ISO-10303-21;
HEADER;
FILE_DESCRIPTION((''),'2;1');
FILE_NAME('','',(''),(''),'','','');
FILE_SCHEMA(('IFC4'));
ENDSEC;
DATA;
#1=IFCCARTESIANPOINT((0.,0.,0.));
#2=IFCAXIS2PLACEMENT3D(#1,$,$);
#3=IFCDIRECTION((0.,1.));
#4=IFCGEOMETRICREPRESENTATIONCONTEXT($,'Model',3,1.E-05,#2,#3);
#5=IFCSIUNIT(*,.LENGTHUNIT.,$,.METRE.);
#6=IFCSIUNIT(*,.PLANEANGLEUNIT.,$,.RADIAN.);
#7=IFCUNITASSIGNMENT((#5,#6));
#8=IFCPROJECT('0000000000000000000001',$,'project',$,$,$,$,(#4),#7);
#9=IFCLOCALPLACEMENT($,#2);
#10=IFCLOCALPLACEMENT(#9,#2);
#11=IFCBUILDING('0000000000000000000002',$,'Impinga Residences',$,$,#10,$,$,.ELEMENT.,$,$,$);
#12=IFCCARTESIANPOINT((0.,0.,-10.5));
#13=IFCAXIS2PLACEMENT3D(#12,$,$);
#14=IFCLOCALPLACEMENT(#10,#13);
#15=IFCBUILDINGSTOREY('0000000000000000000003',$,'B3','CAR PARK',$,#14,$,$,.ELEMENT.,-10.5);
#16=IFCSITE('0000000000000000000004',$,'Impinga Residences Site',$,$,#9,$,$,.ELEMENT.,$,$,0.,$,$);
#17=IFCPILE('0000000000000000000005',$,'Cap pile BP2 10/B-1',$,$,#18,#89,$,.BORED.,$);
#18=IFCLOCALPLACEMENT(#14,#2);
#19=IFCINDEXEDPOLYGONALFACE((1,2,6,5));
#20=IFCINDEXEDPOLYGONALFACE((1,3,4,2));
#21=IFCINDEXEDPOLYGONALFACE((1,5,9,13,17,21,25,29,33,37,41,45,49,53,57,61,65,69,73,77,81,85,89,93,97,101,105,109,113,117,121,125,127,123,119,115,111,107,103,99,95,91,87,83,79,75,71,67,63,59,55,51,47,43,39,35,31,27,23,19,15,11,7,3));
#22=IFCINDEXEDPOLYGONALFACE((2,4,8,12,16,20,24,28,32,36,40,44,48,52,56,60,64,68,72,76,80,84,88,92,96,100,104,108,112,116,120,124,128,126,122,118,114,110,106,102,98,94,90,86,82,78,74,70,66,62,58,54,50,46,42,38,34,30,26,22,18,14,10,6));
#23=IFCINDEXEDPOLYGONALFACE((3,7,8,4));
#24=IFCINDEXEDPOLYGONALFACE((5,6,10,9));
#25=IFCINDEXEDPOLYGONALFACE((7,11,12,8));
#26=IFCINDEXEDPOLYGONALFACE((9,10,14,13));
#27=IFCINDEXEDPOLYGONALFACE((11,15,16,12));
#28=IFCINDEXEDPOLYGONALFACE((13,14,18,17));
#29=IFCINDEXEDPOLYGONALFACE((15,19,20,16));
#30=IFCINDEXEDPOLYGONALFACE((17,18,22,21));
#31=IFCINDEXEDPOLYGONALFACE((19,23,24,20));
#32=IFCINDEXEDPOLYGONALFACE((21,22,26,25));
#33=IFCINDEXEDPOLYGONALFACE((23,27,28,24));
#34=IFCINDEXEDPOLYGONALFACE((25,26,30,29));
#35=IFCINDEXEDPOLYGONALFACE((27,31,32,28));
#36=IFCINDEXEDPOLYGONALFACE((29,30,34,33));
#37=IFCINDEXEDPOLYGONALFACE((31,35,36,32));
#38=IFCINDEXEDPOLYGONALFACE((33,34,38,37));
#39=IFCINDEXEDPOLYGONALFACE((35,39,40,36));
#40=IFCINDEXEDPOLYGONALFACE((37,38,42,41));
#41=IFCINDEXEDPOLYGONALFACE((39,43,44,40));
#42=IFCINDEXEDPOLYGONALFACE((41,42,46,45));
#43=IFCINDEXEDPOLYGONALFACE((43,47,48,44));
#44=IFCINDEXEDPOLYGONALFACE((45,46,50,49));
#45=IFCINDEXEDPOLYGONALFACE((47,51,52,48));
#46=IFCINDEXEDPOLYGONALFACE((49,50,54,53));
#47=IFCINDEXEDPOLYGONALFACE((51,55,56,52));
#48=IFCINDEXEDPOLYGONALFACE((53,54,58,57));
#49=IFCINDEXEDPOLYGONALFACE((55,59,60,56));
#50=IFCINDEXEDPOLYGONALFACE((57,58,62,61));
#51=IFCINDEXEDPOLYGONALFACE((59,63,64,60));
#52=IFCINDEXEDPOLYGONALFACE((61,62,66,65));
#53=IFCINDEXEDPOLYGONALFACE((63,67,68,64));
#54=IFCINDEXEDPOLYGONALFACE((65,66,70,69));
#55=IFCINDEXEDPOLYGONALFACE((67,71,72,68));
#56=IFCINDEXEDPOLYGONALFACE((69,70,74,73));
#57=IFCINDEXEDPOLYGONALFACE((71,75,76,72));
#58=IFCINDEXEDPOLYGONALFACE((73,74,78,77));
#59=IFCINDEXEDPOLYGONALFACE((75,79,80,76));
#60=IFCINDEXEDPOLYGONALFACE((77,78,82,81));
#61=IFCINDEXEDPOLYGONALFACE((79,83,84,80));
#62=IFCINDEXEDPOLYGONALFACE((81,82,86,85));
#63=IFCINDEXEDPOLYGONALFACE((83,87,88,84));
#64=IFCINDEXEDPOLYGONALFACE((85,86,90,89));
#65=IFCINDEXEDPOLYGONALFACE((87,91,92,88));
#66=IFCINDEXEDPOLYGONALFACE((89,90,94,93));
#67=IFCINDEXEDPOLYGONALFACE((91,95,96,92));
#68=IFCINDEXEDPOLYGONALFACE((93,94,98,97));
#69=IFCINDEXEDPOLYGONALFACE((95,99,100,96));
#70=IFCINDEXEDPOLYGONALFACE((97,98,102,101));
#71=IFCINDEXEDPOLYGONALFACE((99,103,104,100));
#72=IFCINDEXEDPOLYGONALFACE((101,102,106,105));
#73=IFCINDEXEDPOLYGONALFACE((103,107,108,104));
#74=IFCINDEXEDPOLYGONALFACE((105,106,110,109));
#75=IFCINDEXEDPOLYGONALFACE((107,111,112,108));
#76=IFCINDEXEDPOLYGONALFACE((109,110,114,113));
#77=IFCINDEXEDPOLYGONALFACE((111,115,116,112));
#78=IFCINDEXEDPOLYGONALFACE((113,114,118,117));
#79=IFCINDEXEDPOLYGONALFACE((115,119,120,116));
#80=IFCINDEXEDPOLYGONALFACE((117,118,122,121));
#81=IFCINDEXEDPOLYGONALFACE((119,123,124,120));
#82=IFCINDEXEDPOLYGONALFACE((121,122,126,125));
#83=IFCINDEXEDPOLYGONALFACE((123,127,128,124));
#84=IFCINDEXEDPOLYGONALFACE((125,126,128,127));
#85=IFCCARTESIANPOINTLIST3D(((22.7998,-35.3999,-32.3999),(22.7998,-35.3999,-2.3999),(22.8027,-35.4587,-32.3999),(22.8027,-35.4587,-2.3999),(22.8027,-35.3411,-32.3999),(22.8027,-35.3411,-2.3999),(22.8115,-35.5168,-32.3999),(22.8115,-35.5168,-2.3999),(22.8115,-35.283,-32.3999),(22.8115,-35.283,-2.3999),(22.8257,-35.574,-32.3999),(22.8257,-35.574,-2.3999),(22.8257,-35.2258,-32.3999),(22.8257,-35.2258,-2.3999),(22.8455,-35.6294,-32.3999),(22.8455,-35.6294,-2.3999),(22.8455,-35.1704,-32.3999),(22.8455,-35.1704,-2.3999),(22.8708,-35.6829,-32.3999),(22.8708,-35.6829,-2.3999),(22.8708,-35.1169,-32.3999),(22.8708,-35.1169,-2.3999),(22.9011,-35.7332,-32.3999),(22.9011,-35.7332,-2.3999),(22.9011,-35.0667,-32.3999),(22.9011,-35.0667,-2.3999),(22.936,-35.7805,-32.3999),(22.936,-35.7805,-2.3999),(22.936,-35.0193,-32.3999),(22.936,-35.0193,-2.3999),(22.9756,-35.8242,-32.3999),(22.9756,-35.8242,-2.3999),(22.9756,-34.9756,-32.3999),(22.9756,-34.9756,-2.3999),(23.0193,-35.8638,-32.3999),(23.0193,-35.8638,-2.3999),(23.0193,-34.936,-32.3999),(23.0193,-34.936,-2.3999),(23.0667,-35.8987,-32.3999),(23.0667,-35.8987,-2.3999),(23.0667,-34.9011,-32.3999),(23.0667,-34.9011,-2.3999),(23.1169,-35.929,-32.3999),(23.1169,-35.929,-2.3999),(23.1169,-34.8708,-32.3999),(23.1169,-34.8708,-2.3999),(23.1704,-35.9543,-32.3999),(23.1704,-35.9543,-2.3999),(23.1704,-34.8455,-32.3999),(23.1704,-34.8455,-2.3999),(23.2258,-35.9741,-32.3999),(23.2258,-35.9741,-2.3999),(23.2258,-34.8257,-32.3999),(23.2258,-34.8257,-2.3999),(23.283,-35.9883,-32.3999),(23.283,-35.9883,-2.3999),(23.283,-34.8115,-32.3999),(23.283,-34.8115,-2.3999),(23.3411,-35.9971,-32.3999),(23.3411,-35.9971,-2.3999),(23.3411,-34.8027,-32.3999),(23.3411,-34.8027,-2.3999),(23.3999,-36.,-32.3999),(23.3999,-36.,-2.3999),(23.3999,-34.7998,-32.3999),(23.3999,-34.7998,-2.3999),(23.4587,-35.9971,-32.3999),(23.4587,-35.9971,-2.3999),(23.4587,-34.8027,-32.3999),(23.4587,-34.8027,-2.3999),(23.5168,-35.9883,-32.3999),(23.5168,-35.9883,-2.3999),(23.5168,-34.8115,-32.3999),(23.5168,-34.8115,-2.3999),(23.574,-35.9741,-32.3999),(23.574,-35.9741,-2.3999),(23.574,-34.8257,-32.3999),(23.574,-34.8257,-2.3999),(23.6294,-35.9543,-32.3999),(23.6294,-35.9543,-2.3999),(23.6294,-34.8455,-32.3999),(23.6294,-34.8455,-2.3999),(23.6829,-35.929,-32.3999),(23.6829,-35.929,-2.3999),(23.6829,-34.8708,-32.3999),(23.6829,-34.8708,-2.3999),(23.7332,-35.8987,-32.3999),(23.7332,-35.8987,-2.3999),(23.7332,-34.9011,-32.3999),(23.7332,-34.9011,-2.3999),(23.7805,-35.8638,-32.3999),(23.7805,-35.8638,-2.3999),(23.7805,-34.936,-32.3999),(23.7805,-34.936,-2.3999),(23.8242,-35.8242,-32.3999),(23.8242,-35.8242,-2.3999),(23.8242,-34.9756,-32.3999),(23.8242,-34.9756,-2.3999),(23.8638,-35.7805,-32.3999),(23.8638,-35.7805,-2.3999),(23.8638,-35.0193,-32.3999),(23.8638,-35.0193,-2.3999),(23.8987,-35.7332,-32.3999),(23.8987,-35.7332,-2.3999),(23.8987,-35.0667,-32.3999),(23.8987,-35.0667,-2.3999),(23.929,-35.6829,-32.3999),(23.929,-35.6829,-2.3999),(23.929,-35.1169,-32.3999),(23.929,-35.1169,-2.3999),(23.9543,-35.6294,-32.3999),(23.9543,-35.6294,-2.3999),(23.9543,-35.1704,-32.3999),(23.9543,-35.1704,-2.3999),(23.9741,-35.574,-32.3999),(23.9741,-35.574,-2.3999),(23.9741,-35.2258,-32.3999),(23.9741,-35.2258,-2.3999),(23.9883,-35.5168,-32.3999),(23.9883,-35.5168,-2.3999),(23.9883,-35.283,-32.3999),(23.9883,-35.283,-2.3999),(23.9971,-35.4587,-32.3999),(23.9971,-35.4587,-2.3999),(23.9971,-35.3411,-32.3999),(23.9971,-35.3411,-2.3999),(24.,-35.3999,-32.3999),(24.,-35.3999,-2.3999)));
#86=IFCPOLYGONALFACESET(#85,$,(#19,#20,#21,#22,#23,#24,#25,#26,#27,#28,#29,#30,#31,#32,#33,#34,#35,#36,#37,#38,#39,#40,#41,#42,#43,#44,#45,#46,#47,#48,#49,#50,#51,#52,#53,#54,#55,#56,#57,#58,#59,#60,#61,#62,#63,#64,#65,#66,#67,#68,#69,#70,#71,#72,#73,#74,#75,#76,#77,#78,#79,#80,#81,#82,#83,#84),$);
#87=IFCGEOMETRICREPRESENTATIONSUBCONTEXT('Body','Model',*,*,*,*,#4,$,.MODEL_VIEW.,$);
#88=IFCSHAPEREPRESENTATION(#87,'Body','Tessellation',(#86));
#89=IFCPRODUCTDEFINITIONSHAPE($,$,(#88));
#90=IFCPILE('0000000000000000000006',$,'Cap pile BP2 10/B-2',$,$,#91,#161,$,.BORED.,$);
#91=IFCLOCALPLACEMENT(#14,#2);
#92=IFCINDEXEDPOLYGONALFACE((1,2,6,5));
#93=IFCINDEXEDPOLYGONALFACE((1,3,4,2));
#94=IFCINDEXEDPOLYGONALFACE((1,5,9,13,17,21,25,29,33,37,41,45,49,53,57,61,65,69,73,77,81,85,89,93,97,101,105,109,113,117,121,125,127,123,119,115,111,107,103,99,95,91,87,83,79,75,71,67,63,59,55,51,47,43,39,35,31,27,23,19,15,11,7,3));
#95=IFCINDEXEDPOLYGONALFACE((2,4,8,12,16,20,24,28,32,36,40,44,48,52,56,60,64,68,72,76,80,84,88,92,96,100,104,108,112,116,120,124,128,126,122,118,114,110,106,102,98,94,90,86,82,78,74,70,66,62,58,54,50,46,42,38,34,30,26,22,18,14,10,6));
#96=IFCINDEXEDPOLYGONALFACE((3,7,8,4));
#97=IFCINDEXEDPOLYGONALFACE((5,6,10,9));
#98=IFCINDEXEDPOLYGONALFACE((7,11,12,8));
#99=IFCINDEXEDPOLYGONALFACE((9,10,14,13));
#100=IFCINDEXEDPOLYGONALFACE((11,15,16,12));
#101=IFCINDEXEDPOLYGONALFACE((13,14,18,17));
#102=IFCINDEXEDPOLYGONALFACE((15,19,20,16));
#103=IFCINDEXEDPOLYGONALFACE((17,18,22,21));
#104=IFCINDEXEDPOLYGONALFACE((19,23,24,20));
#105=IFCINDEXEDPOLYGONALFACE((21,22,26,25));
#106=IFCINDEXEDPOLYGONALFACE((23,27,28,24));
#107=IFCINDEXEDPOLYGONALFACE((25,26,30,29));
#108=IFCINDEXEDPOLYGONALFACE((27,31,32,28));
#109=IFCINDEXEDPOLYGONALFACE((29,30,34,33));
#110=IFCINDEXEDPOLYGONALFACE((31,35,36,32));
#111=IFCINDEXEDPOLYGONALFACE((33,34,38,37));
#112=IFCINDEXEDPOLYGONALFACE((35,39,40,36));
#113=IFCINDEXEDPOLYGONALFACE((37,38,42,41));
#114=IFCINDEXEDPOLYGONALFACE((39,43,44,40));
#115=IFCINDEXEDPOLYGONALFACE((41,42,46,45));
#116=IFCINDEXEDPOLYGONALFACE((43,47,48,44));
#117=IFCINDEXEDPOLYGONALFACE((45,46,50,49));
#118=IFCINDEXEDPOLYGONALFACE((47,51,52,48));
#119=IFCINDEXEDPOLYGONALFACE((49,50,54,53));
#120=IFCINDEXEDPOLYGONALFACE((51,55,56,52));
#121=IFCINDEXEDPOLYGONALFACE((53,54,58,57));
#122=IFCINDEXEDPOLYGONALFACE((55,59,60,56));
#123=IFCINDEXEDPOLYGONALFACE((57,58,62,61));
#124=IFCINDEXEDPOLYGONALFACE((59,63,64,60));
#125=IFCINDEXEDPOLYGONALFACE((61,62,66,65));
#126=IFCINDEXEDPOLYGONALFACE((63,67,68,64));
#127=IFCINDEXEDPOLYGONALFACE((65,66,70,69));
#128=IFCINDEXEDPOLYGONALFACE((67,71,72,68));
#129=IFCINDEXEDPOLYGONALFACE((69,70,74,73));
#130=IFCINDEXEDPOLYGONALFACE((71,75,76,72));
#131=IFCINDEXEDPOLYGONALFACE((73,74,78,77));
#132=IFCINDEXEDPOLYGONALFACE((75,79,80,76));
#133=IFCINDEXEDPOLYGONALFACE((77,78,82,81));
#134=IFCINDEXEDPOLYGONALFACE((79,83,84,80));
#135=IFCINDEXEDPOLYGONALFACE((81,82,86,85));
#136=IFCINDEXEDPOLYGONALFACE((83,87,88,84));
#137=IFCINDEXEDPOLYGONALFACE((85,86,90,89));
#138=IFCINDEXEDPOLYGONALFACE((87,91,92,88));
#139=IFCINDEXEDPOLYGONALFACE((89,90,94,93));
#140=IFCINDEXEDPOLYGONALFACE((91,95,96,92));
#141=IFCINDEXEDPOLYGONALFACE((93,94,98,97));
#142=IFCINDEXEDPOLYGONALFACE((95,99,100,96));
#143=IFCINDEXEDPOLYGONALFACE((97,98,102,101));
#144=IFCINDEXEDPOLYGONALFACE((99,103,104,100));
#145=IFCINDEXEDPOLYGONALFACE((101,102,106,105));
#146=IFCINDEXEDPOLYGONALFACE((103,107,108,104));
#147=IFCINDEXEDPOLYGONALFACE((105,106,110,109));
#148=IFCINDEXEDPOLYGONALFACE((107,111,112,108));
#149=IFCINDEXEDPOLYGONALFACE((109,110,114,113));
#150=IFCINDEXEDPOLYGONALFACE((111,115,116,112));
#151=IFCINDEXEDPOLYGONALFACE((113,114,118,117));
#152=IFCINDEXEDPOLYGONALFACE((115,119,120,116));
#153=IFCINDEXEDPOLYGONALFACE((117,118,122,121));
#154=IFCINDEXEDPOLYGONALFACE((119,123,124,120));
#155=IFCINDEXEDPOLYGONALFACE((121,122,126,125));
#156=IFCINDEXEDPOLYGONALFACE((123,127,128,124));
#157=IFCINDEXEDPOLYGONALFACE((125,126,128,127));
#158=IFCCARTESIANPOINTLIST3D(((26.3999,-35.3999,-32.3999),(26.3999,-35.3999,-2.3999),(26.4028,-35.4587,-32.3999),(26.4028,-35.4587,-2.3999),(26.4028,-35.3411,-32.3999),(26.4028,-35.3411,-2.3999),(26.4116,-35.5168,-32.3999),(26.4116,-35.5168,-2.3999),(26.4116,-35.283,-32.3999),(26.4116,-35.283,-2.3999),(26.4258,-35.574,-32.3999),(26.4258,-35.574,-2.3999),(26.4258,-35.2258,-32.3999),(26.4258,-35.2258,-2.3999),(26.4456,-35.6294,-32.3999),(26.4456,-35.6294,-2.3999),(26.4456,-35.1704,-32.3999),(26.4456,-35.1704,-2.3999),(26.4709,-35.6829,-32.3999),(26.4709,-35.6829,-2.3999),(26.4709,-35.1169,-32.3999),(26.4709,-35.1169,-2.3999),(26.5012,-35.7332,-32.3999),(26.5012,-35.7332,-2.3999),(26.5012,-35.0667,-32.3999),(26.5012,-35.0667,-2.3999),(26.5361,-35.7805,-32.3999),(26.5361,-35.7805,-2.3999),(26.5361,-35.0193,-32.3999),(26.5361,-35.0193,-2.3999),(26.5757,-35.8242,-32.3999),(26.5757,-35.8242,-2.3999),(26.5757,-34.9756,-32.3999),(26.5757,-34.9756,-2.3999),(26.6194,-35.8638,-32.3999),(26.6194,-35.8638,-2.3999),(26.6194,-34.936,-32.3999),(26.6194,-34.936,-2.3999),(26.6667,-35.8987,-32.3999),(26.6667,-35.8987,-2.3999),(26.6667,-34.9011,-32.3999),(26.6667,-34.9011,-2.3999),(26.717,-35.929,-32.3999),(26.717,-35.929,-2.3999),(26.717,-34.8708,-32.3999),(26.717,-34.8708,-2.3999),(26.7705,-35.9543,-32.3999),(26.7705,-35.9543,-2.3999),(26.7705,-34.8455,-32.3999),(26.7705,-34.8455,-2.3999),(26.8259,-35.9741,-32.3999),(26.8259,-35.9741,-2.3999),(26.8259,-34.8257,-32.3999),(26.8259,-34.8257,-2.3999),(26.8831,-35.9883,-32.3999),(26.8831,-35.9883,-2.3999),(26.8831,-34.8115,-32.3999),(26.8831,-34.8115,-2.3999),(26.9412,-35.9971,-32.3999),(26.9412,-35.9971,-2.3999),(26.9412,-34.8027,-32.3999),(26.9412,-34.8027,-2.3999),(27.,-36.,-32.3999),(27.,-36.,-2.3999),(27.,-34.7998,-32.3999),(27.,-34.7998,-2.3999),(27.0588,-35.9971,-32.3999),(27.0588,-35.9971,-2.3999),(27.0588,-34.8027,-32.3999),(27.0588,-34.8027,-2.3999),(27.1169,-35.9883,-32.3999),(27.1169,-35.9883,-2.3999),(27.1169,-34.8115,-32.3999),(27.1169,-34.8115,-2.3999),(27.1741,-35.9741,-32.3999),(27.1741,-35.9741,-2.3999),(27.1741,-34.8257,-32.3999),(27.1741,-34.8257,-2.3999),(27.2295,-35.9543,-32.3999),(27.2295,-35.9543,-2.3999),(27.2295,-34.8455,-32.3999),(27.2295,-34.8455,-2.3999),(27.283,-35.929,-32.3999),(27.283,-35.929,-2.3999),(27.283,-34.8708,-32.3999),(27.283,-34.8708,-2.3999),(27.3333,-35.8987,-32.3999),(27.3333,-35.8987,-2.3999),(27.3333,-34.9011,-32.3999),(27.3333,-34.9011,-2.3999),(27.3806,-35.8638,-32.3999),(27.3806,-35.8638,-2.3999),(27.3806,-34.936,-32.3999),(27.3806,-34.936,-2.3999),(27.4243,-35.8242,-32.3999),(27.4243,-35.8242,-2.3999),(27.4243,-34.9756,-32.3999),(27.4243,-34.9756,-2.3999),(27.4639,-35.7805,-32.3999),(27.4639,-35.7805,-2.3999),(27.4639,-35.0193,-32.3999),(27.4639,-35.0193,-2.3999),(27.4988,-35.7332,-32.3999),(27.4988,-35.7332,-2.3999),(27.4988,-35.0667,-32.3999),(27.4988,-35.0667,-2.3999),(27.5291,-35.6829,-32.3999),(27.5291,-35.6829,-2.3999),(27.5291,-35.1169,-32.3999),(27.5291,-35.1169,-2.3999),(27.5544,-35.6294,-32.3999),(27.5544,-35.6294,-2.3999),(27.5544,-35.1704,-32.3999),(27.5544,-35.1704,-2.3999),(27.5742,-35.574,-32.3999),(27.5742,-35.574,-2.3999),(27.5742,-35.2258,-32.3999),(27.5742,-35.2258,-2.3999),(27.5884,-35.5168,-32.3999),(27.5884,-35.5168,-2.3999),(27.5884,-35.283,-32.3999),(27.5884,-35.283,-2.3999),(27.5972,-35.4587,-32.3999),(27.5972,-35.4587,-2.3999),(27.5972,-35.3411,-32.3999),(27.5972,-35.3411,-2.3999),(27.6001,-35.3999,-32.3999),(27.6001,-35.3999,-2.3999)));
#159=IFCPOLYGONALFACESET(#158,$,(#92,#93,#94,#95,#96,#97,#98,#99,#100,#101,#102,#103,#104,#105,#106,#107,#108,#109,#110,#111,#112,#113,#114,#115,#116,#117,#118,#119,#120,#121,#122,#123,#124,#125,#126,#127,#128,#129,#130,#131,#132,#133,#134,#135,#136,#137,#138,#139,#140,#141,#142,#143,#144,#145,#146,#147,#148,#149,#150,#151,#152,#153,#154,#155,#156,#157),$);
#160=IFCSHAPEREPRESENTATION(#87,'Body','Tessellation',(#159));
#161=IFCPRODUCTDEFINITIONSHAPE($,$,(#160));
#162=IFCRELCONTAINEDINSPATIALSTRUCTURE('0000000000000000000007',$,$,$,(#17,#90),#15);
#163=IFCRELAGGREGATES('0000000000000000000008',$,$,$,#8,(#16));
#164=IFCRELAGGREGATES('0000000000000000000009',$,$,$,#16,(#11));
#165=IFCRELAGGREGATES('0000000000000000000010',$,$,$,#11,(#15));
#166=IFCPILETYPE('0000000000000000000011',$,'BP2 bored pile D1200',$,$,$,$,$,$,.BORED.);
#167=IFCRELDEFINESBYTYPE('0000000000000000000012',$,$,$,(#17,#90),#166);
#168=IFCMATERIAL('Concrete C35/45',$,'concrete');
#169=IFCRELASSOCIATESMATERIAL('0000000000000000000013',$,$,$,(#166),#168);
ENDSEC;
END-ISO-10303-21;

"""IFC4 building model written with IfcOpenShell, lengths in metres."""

from ifc_helpers import new_model, si_unit, direction, frame, origin, origin_2d, place, context, subcontext, project, spatial, polyline, circle, outline, extrude, material, material_profile, profile_set, type_object, element, save


model = new_model("IFC4")

# Units and contexts
model_context = context("Model", 3, precision=1e-05, world=origin(), true_north=direction((0.0, 1.0)))
body_context = subcontext(model_context, "Body", "Model", "MODEL_VIEW")
ifc_project = project(units=[si_unit("LENGTHUNIT", "METRE"), si_unit("PLANEANGLEUNIT", "RADIAN")], contexts=[model_context])

# Site, building, storey
site_placement = place(None, origin())
site = spatial("IfcSite", under=ifc_project, at=site_placement, Name="Impinga Residences Site", CompositionType="ELEMENT", RefElevation=0.0)
building_placement = place(site_placement, origin())
building = spatial("IfcBuilding", under=site, at=building_placement, Name="Impinga Residences", CompositionType="ELEMENT")
storey_placement = place(building_placement, frame((0.0, 0.0, -10.5)))
storey = spatial("IfcBuildingStorey", under=building, at=storey_placement, Name="B3", Description="CAR PARK", CompositionType="ELEMENT", Elevation=-10.5)

# Piles
ifc_material_1 = material(Name="Concrete C35/45", Category="concrete")
ifc_material_profile_1 = material_profile(ifc_material_1, circle(Radius=0.6001, at=origin_2d()), Name="D1200")
ifc_profile_set_1 = profile_set([ifc_material_profile_1], Name="Concrete C35/45")
pile_type_1 = type_object("IfcPileType", Name="BP2 bored pile D1200", PredefinedType="BORED", material=ifc_profile_set_1)
pile_1_placement = place(storey_placement, frame((23.3999, -35.3999, -2.3999), z_axis=(0.0, 0.0, -1.0), x_axis=(1.0, 0.0, 0.0)))
element("IfcPile", 1, at=pile_1_placement, inside=storey, type_object=pile_type_1, Name="Cap pile BP2 10/B-1", PredefinedType="BORED", context=body_context, shape_type="SweptSolid", body=[
    extrude(outline(polyline([(0.6001, 0.0), (0.5972, 0.0588), (0.5884, 0.1169), (0.5742, 0.1741), (0.5544, 0.2295), (0.5291, 0.283), (0.4988, 0.3333), (0.4639, 0.3806), (0.4243, 0.4243), (0.3806, 0.4639), (0.3333, 0.4988), (0.283, 0.5291), (0.2295, 0.5544), (0.1741, 0.5742), (0.1169, 0.5884), (0.0588, 0.5972), (0.0, 0.6001), (-0.0588, 0.5972), (-0.1169, 0.5884), (-0.1741, 0.5742), (-0.2295, 0.5544), (-0.283, 0.5291), (-0.3333, 0.4988), (-0.3806, 0.4639), (-0.4243, 0.4243), (-0.4639, 0.3806), (-0.4988, 0.3333), (-0.5291, 0.283), (-0.5544, 0.2295), (-0.5742, 0.1741), (-0.5884, 0.1169), (-0.5972, 0.0588), (-0.6001, 0.0), (-0.5972, -0.0588), (-0.5884, -0.1169), (-0.5742, -0.1741), (-0.5544, -0.2295), (-0.5291, -0.283), (-0.4988, -0.3333), (-0.4639, -0.3806), (-0.4243, -0.4243), (-0.3806, -0.4639), (-0.3333, -0.4988), (-0.283, -0.5291), (-0.2295, -0.5544), (-0.1741, -0.5742), (-0.1169, -0.5884), (-0.0588, -0.5972), (0.0, -0.6001), (0.0588, -0.5972), (0.1169, -0.5884), (0.1741, -0.5742), (0.2295, -0.5544), (0.283, -0.5291), (0.3333, -0.4988), (0.3806, -0.4639), (0.4243, -0.4243), (0.4639, -0.3806), (0.4988, -0.3333), (0.5291, -0.283), (0.5544, -0.2295), (0.5742, -0.1741), (0.5884, -0.1169), (0.5972, -0.0588), (0.6001, 0.0)])), origin(), (0.0, 0.0, 1.0), 30.0),
])
pile_2_placement = place(storey_placement, frame((27.0, -35.3999, -2.3999), z_axis=(0.0, 0.0, -1.0), x_axis=(1.0, 0.0, 0.0)))
element("IfcPile", 2, at=pile_2_placement, inside=storey, type_object=pile_type_1, Name="Cap pile BP2 10/B-2", PredefinedType="BORED", context=body_context, shape_type="SweptSolid", body=[
    extrude(outline(polyline([(0.6001, 0.0), (0.5972, 0.0588), (0.5884, 0.1169), (0.5742, 0.1741), (0.5544, 0.2295), (0.5291, 0.283), (0.4988, 0.3333), (0.4639, 0.3806), (0.4243, 0.4243), (0.3806, 0.4639), (0.3333, 0.4988), (0.283, 0.5291), (0.2295, 0.5544), (0.1741, 0.5742), (0.1169, 0.5884), (0.0588, 0.5972), (0.0, 0.6001), (-0.0588, 0.5972), (-0.1169, 0.5884), (-0.1741, 0.5742), (-0.2295, 0.5544), (-0.283, 0.5291), (-0.3333, 0.4988), (-0.3806, 0.4639), (-0.4243, 0.4243), (-0.4639, 0.3806), (-0.4988, 0.3333), (-0.5291, 0.283), (-0.5544, 0.2295), (-0.5742, 0.1741), (-0.5884, 0.1169), (-0.5972, 0.0588), (-0.6001, 0.0), (-0.5972, -0.0588), (-0.5884, -0.1169), (-0.5742, -0.1741), (-0.5544, -0.2295), (-0.5291, -0.283), (-0.4988, -0.3333), (-0.4639, -0.3806), (-0.4243, -0.4243), (-0.3806, -0.4639), (-0.3333, -0.4988), (-0.283, -0.5291), (-0.2295, -0.5544), (-0.1741, -0.5742), (-0.1169, -0.5884), (-0.0588, -0.5972), (0.0, -0.6001), (0.0588, -0.5972), (0.1169, -0.5884), (0.1741, -0.5742), (0.2295, -0.5544), (0.283, -0.5291), (0.3333, -0.4988), (0.3806, -0.4639), (0.4243, -0.4243), (0.4639, -0.3806), (0.4988, -0.3333), (0.5291, -0.283), (0.5544, -0.2295), (0.5742, -0.1741), (0.5884, -0.1169), (0.5972, -0.0588), (0.6001, 0.0)])), origin(), (0.0, 0.0, 1.0), 30.0),
])

save(model, "model.ifc")
